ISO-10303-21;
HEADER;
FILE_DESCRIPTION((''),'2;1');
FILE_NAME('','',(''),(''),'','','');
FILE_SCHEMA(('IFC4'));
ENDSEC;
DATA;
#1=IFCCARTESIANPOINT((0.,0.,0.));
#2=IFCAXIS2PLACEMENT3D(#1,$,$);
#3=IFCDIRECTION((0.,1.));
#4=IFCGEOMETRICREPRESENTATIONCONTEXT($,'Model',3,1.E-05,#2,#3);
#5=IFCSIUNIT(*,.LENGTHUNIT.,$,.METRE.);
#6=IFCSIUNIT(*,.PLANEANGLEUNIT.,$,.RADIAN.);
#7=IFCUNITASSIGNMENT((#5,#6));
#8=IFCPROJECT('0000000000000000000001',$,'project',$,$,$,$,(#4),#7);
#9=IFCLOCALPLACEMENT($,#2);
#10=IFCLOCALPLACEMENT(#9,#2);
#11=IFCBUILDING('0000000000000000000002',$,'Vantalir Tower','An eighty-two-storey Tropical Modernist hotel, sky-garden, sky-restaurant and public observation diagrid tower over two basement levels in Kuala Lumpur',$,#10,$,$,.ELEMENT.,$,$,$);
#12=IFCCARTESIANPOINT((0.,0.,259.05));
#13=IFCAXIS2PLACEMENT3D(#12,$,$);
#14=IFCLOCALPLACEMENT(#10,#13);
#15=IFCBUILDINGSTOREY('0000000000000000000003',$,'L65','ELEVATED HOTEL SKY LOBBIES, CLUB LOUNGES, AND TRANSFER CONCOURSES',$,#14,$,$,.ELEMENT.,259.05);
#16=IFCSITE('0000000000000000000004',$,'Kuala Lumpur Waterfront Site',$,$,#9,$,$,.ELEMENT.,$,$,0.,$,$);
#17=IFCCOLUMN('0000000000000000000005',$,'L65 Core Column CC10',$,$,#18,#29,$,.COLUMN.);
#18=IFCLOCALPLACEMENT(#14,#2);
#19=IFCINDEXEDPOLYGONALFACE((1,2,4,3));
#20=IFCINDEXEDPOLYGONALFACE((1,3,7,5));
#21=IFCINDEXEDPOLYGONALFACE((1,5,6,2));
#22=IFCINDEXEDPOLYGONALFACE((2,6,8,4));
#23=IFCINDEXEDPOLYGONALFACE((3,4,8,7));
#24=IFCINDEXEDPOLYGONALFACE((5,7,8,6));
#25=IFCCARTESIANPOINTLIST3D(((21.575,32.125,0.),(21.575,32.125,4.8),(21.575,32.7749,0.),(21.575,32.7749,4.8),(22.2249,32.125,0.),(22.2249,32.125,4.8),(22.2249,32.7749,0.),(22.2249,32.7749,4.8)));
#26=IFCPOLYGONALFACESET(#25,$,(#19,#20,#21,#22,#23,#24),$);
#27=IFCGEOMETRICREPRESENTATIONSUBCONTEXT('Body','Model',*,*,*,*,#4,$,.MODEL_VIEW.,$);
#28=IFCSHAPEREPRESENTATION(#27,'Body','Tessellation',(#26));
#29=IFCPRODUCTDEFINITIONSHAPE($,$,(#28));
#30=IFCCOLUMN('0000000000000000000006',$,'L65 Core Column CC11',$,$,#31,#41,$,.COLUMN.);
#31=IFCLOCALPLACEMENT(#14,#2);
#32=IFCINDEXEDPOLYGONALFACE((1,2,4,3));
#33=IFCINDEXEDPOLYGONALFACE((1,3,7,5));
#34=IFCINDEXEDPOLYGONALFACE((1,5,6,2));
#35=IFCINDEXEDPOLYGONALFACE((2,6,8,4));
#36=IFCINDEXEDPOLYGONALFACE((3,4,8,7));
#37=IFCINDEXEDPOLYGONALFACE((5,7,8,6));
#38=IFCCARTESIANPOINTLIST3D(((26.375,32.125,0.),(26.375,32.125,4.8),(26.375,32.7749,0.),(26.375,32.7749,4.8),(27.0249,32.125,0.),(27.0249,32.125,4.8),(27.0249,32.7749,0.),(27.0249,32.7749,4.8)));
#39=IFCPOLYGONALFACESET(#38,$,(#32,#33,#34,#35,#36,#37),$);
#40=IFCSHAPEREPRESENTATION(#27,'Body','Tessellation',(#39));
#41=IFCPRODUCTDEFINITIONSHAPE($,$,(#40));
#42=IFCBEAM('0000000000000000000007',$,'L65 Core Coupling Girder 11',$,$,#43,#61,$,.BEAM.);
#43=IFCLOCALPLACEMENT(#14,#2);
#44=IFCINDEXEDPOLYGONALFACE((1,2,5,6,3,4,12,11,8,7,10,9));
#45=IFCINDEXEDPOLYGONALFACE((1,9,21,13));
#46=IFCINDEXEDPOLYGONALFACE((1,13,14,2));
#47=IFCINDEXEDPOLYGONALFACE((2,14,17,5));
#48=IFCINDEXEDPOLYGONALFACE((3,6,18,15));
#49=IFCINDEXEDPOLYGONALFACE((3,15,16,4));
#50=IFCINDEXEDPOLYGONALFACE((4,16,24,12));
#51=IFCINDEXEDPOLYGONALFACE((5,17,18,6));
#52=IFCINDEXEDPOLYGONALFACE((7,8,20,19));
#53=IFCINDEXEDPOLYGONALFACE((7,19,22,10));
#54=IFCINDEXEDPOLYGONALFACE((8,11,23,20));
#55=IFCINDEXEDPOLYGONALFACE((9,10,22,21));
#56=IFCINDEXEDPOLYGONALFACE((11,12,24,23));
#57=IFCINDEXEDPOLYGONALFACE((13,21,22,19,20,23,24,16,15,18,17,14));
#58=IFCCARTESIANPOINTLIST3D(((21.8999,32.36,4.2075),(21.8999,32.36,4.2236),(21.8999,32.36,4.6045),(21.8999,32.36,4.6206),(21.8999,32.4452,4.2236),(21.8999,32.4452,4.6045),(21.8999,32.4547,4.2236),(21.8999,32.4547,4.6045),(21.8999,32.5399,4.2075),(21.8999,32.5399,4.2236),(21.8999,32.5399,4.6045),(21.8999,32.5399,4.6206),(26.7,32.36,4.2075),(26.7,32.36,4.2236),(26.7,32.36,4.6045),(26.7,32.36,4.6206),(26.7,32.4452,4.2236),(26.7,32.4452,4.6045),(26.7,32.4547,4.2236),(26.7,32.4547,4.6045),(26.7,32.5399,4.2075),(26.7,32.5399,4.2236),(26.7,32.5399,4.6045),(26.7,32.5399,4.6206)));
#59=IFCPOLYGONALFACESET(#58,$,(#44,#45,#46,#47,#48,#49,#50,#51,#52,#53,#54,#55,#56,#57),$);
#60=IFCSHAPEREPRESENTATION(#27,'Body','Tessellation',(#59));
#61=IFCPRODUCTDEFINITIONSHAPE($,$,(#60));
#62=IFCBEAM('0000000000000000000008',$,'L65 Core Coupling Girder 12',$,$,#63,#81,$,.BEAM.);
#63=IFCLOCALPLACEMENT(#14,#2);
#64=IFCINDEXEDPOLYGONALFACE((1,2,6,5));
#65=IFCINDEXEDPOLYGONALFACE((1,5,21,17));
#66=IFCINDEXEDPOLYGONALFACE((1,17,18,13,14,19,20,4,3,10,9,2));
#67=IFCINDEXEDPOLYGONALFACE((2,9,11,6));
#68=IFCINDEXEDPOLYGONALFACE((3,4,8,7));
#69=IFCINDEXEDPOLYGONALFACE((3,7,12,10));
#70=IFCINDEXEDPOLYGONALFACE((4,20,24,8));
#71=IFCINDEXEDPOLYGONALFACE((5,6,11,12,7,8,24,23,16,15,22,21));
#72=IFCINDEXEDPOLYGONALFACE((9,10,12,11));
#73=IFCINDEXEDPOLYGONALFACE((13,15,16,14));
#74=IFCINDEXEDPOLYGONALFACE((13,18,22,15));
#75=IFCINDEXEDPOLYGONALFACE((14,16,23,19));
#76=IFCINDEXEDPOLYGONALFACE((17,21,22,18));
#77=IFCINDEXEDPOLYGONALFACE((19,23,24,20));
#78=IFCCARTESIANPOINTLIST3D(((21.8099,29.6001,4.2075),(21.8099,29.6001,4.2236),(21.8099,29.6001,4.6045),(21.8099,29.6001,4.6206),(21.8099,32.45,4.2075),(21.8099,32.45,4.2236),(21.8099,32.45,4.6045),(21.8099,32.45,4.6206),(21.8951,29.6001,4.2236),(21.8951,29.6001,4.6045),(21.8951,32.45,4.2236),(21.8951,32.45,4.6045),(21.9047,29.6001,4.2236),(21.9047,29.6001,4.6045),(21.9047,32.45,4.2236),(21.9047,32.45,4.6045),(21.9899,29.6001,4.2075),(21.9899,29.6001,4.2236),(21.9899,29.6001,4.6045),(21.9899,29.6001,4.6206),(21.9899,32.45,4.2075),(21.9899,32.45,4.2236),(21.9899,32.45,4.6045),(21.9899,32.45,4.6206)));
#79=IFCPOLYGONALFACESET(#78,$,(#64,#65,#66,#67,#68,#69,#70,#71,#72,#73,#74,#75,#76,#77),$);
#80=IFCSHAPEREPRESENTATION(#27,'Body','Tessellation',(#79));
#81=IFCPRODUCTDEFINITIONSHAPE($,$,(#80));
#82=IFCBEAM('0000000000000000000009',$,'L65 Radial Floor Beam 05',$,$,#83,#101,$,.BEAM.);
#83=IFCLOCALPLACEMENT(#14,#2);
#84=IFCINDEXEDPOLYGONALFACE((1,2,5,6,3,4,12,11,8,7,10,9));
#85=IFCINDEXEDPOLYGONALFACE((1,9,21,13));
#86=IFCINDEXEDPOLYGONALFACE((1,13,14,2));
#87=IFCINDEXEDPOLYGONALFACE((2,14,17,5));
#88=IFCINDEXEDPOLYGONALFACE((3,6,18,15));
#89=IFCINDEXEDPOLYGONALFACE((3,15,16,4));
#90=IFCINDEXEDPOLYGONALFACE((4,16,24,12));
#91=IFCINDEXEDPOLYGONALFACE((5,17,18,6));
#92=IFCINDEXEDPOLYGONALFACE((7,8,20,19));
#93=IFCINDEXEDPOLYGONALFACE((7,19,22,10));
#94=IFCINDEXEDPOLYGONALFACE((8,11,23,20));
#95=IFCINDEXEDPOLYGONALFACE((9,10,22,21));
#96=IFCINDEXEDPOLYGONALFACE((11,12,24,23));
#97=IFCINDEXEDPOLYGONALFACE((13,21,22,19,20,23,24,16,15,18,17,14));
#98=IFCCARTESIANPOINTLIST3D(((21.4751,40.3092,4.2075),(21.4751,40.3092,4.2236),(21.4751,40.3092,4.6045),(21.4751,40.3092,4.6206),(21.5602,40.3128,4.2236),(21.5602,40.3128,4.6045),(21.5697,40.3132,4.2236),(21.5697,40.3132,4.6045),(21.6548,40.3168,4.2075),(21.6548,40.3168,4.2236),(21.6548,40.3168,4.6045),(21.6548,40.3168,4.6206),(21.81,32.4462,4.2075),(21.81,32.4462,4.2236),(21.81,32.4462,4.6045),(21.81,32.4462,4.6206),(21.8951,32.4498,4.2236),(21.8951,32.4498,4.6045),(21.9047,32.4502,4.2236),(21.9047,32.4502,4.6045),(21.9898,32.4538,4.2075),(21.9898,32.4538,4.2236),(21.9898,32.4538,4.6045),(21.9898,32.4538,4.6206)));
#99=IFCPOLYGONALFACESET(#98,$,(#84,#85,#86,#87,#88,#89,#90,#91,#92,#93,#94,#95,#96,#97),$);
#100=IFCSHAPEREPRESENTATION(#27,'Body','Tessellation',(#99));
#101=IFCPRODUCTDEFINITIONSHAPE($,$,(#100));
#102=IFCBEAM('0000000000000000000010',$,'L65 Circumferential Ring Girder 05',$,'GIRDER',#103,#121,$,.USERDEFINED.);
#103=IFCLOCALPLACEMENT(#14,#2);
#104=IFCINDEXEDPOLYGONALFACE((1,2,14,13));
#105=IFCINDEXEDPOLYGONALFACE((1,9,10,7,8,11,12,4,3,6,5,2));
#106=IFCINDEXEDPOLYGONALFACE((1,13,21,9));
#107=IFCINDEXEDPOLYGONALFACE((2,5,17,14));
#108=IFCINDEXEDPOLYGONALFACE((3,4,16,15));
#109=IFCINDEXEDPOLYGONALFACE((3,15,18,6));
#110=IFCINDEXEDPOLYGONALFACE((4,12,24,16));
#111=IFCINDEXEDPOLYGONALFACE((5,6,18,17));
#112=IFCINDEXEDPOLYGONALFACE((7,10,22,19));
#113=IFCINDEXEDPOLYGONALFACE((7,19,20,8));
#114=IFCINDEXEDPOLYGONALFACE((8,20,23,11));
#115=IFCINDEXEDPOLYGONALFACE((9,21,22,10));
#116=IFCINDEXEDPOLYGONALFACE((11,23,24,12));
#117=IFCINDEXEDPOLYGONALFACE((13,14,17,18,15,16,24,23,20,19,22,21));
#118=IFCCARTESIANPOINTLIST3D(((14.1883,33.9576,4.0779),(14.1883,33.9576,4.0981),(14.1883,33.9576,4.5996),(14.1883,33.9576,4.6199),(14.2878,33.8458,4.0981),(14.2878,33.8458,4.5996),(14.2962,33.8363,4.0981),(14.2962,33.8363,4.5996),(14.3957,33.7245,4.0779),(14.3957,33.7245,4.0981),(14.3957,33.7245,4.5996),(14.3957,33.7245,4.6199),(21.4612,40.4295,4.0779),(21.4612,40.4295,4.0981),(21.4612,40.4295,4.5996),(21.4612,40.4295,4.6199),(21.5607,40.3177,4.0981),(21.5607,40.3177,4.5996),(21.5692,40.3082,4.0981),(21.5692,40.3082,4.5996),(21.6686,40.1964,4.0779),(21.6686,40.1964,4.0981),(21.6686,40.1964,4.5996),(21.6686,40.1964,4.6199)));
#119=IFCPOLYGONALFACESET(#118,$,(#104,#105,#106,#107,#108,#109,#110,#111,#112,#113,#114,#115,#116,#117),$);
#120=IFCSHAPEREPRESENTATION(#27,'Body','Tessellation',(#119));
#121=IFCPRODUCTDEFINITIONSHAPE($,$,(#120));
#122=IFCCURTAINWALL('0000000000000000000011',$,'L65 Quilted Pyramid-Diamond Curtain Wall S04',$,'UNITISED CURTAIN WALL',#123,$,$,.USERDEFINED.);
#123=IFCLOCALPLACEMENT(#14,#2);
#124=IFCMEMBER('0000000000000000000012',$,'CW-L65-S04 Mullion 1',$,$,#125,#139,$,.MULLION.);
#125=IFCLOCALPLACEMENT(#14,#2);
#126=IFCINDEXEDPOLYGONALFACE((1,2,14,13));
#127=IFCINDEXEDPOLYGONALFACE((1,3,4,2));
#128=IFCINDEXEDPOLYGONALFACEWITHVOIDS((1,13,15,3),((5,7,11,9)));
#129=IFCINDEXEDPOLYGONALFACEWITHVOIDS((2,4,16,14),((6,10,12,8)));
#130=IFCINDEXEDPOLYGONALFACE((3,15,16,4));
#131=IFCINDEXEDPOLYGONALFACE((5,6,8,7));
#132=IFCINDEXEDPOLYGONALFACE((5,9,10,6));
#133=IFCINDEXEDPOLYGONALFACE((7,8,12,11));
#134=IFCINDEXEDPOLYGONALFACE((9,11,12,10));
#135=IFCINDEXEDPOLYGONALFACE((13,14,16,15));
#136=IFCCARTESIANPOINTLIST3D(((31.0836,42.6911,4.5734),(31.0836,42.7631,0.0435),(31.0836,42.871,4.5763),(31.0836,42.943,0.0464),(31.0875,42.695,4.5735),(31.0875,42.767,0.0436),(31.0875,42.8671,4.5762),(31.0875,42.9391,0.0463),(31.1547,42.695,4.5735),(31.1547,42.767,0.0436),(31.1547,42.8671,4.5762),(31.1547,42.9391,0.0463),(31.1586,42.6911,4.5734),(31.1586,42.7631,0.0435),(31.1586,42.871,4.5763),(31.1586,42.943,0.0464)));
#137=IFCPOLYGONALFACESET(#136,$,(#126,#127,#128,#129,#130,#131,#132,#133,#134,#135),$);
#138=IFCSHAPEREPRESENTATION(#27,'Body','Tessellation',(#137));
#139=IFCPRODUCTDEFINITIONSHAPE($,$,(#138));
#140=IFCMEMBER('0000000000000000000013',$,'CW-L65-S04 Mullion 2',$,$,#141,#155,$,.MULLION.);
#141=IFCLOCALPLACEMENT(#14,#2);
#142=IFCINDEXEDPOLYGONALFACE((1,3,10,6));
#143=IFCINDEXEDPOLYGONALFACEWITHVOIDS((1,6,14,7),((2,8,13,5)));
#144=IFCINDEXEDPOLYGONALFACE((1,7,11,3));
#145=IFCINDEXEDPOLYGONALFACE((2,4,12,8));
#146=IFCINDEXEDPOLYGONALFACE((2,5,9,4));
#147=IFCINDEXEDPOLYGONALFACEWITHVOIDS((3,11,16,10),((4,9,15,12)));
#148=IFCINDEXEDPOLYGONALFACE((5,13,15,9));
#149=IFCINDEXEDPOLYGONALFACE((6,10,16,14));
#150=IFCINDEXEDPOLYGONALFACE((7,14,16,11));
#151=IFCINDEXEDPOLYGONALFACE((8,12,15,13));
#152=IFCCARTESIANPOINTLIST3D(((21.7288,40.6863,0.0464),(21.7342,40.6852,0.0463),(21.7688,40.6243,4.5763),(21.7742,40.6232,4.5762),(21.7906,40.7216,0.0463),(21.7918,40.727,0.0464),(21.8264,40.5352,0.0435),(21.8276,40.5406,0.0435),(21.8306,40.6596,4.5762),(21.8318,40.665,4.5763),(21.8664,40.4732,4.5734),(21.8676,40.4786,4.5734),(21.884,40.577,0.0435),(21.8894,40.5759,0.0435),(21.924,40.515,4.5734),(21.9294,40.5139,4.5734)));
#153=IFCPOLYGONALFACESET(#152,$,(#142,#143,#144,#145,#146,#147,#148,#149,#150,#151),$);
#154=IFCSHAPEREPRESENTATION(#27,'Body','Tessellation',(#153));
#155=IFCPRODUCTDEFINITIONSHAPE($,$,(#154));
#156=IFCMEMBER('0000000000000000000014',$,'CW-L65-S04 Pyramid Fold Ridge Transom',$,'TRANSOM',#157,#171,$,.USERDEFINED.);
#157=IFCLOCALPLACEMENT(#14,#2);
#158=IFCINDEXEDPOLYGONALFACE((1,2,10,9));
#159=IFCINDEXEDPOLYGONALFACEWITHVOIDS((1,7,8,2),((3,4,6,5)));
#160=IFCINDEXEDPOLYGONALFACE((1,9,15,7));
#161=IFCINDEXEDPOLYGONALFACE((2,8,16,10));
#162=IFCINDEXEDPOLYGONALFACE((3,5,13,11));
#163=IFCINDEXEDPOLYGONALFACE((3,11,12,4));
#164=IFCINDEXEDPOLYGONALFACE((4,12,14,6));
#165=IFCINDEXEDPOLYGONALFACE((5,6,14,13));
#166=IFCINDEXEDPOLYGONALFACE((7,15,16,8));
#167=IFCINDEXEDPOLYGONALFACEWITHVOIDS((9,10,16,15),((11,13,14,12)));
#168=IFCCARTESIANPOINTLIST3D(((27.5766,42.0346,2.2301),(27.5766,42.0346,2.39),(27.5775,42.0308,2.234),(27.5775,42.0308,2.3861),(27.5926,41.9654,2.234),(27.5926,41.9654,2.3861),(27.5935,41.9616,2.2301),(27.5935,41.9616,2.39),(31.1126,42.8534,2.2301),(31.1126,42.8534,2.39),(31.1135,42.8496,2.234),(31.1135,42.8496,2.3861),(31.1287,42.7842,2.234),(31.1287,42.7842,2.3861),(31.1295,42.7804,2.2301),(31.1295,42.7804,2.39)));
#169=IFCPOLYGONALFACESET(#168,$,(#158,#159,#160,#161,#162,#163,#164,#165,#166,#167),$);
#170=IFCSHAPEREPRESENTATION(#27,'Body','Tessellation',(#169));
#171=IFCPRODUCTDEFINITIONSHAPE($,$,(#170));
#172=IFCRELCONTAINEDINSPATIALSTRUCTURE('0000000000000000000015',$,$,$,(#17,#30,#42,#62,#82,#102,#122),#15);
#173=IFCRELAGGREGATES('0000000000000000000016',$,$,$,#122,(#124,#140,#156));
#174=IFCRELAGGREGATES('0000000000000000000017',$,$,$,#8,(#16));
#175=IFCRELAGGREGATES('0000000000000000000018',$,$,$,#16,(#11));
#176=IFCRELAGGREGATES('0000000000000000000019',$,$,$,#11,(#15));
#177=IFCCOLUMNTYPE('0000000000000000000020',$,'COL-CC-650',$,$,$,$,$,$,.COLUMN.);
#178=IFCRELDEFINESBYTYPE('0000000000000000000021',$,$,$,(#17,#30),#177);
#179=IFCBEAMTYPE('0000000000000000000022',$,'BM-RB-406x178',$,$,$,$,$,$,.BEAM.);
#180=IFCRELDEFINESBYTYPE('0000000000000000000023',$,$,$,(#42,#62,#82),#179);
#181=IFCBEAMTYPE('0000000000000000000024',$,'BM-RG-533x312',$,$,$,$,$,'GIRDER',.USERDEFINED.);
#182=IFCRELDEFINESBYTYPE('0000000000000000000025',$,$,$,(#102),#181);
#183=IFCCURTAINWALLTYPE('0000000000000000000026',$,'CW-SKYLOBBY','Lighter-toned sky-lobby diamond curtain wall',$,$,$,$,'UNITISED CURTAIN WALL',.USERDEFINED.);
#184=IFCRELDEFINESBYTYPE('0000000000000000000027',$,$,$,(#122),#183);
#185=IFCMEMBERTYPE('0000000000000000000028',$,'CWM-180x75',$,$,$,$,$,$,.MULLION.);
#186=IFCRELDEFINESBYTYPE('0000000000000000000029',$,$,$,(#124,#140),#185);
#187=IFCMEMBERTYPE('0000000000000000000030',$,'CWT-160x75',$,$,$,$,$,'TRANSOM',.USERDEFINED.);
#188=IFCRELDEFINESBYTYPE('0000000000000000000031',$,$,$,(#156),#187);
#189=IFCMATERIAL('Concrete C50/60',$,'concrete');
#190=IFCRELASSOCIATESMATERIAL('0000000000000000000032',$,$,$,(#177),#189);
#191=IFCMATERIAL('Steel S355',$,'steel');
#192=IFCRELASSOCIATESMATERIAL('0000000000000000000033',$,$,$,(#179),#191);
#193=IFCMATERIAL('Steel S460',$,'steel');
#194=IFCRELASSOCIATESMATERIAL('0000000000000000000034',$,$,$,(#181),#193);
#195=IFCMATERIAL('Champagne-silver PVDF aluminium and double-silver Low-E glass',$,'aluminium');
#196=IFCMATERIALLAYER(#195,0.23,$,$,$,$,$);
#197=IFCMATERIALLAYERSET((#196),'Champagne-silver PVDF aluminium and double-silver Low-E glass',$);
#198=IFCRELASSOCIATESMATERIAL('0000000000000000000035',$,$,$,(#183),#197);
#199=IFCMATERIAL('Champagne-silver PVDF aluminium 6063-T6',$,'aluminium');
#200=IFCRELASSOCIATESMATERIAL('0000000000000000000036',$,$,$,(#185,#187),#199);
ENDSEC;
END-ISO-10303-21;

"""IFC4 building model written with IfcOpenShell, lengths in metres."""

from ifc_helpers import new_model, si_unit, direction, frame, origin, origin_2d, place, context, subcontext, project, spatial, rectangle, hollow_rectangle, i_section, extrude, material, layer, layer_set, material_profile, profile_set, type_object, element, aggregate, save


model = new_model("IFC4")

# Units and contexts
model_context = context("Model", 3, precision=1e-05, world=origin(), true_north=direction((0.0, 1.0)))
body_context = subcontext(model_context, "Body", "Model", "MODEL_VIEW")
ifc_project = project(units=[si_unit("LENGTHUNIT", "METRE"), si_unit("PLANEANGLEUNIT", "RADIAN")], contexts=[model_context])

# Site, building, storey
site_placement = place(None, origin())
site = spatial("IfcSite", under=ifc_project, at=site_placement, Name="Kuala Lumpur Waterfront Site", CompositionType="ELEMENT", RefElevation=0.0)
building_placement = place(site_placement, origin())
building = spatial("IfcBuilding", under=site, at=building_placement, Name="Vantalir Tower", Description="An eighty-two-storey Tropical Modernist hotel, sky-garden, sky-restaurant and public observation diagrid tower over two basement levels in Kuala Lumpur", CompositionType="ELEMENT")
storey_placement = place(building_placement, frame((0.0, 0.0, 259.05)))
storey = spatial("IfcBuildingStorey", under=building, at=storey_placement, Name="L65", Description="ELEVATED HOTEL SKY LOBBIES, CLUB LOUNGES, AND TRANSFER CONCOURSES", CompositionType="ELEMENT", Elevation=259.05)

# Columns
ifc_material_1 = material(Name="Concrete C50/60", Category="concrete")
ifc_material_profile_1 = material_profile(ifc_material_1, rectangle(XDim=0.6499, YDim=0.6499, at=origin_2d()), Name="Concrete C50/60")
ifc_profile_set_1 = profile_set([ifc_material_profile_1], Name="Concrete C50/60")
column_type = type_object("IfcColumnType", Name="COL-CC-650", PredefinedType="COLUMN", material=ifc_profile_set_1)
for number, where, z_axis, x_axis, name in (
    (1, (21.8999, 32.45, 0.0), (0.0, 0.0, 1.0), (1.0, 0.0, 0.0), "L65 Core Column CC10"),
    (2, (26.7, 32.45, 0.0), (0.0, 0.0, 1.0), (1.0, 0.0, 0.0), "L65 Core Column CC11"),
):
    element("IfcColumn", number, at=place(storey_placement, frame(where, z_axis=z_axis, x_axis=x_axis)), inside=storey, type_object=column_type, Name=name, PredefinedType="COLUMN", context=body_context, shape_type="SweptSolid", body=[
        extrude(rectangle(XDim=0.6499, YDim=0.6499, at=origin_2d()), origin(), (0.0, 0.0, 1.0), 4.8),
    ])

# Beams
ifc_material_2 = material(Name="Steel S355", Category="steel")
ifc_material_profile_2 = material_profile(ifc_material_2, i_section(OverallWidth=0.1799, OverallDepth=0.4131, WebThickness=0.0095, FlangeThickness=0.0161, at=origin_2d()), Name="Steel S355")
ifc_profile_set_2 = profile_set([ifc_material_profile_2], Name="Steel S355")
beam_type_1 = type_object("IfcBeamType", Name="BM-RB-406x178", PredefinedType="BEAM", material=ifc_profile_set_2)
beam_1_placement = place(storey_placement, frame((26.7, 32.45, 4.4141), z_axis=(-1.0, 0.0, 0.0), x_axis=(0.0, -1.0, 0.0)))
element("IfcBeam", 3, at=beam_1_placement, inside=storey, type_object=beam_type_1, Name="L65 Core Coupling Girder 11", PredefinedType="BEAM", context=body_context, shape_type="SweptSolid", body=[
    extrude(i_section(OverallWidth=0.1799, OverallDepth=0.4131, WebThickness=0.0095, FlangeThickness=0.0161, at=origin_2d()), origin(), (0.0, 0.0, 1.0), 4.8),
])
beam_2_placement = place(storey_placement, frame((21.8999, 32.45, 4.4141), z_axis=(0.0, -1.0, 0.0), x_axis=(1.0, 0.0, 0.0)))
element("IfcBeam", 4, at=beam_2_placement, inside=storey, type_object=beam_type_1, Name="L65 Core Coupling Girder 12", PredefinedType="BEAM", context=body_context, shape_type="SweptSolid", body=[
    extrude(i_section(OverallWidth=0.1799, OverallDepth=0.4131, WebThickness=0.0095, FlangeThickness=0.0161, at=origin_2d()), origin(), (0.0, 0.0, 1.0), 2.8499),
])
beam_3_placement = place(storey_placement, frame((21.5649, 40.313, 4.4141), z_axis=(0.042561, -0.999094, 0.0), x_axis=(0.999094, 0.042561, 0.0)))
element("IfcBeam", 5, at=beam_3_placement, inside=storey, type_object=beam_type_1, Name="L65 Radial Floor Beam 05", PredefinedType="BEAM", context=body_context, shape_type="SweptSolid", body=[
    extrude(i_section(OverallWidth=0.1799, OverallDepth=0.4131, WebThickness=0.0095, FlangeThickness=0.0161, at=origin_2d()), origin(), (0.0, 0.0, 1.0), 7.8701),
])
ifc_material_3 = material(Name="Steel S460", Category="steel")
ifc_material_profile_3 = material_profile(ifc_material_3, i_section(OverallWidth=0.312, OverallDepth=0.542, WebThickness=0.0127, FlangeThickness=0.0203, at=origin_2d()), Name="Steel S460")
ifc_profile_set_3 = profile_set([ifc_material_profile_3], Name="Steel S460")
beam_type_2 = type_object("IfcBeamType", Name="BM-RG-533x312", ElementType="GIRDER", PredefinedType="USERDEFINED", material=ifc_profile_set_3)
beam_4_placement = place(storey_placement, frame((21.5649, 40.313, 4.3489), z_axis=(-0.747048, -0.66477, 0.0), x_axis=(0.66477, -0.747048, 0.0)))
element("IfcBeam", 6, at=beam_4_placement, inside=storey, type_object=beam_type_2, Name="L65 Circumferential Ring Girder 05", ObjectType="GIRDER", PredefinedType="USERDEFINED", context=body_context, shape_type="SweptSolid", body=[
    extrude(i_section(OverallWidth=0.312, OverallDepth=0.542, WebThickness=0.0127, FlangeThickness=0.0203, at=origin_2d()), origin(), (0.0, 0.0, 1.0), 9.7356),
])

# Curtain wall, members
ifc_material_4 = material(Name="Champagne-silver PVDF aluminium and double-silver Low-E glass", Category="aluminium")
ifc_layer_1 = layer(ifc_material_4, 0.23)
ifc_layer_set_1 = layer_set([ifc_layer_1], Name="Champagne-silver PVDF aluminium and double-silver Low-E glass")
curtain_wall_type = type_object("IfcCurtainWallType", Name="CW-SKYLOBBY", Description="Lighter-toned sky-lobby diamond curtain wall", ElementType="UNITISED CURTAIN WALL", PredefinedType="USERDEFINED", material=ifc_layer_set_1)
curtain_wall_placement = place(storey_placement, origin())
curtain_wall = element("IfcCurtainWall", 7, at=curtain_wall_placement, inside=storey, type_object=curtain_wall_type, Name="L65 Quilted Pyramid-Diamond Curtain Wall S04", ObjectType="UNITISED CURTAIN WALL", PredefinedType="USERDEFINED")
ifc_material_5 = material(Name="Champagne-silver PVDF aluminium 6063-T6", Category="aluminium")
ifc_material_profile_4 = material_profile(ifc_material_5, hollow_rectangle(XDim=0.075, YDim=0.1799, WallThickness=0.0039, at=origin_2d()), Name="Champagne-silver PVDF aluminium 6063-T6")
ifc_profile_set_4 = profile_set([ifc_material_profile_4], Name="Champagne-silver PVDF aluminium 6063-T6")
member_type_1 = type_object("IfcMemberType", Name="CWM-180x75", PredefinedType="MULLION", material=ifc_profile_set_4)
member_1_placement = place(storey_placement, frame((31.1211, 42.853, 0.0449), z_axis=(0.0, -0.015897, 0.999874), x_axis=(1.0, 0.0, 0.0)))
member_1 = element("IfcMember", 8, at=member_1_placement, type_object=member_type_1, Name="CW-L65-S04 Mullion 1", PredefinedType="MULLION", context=body_context, shape_type="SweptSolid", body=[
    extrude(hollow_rectangle(XDim=0.075, YDim=0.1799, WallThickness=0.0039, at=origin_2d()), origin(), (0.0, 0.0, 1.0), 4.5305),
])
member_2_placement = place(storey_placement, frame((21.8091, 40.6311, 0.0449), z_axis=(0.008837, -0.013687, 0.999867), x_axis=(0.840102, 0.542428, 0.0)))
member_2 = element("IfcMember", 9, at=member_2_placement, type_object=member_type_1, Name="CW-L65-S04 Mullion 2", PredefinedType="MULLION", context=body_context, shape_type="SweptSolid", body=[
    extrude(hollow_rectangle(XDim=0.075, YDim=0.1799, WallThickness=0.0039, at=origin_2d()), origin(), (0.0, 0.0, 1.0), 4.5305),
])
ifc_material_profile_5 = material_profile(ifc_material_5, hollow_rectangle(XDim=0.075, YDim=0.1599, WallThickness=0.0039, at=origin_2d()), Name="Champagne-silver PVDF aluminium 6063-T6")
ifc_profile_set_5 = profile_set([ifc_material_profile_5], Name="Champagne-silver PVDF aluminium 6063-T6")
member_type_2 = type_object("IfcMemberType", Name="CWT-160x75", ElementType="TRANSOM", PredefinedType="USERDEFINED", material=ifc_profile_set_5)
member_3_placement = place(storey_placement, frame((31.1211, 42.8169, 2.3101), z_axis=(-0.974221, -0.225596, 0.0), x_axis=(0.225596, -0.974221, 0.0)))
member_3 = element("IfcMember", 10, at=member_3_placement, type_object=member_type_2, Name="CW-L65-S04 Pyramid Fold Ridge Transom", ObjectType="TRANSOM", PredefinedType="USERDEFINED", context=body_context, shape_type="SweptSolid", body=[
    extrude(hollow_rectangle(XDim=0.075, YDim=0.1599, WallThickness=0.0039, at=origin_2d()), origin(), (0.0, 0.0, 1.0), 3.6296),
])

aggregate(curtain_wall, [member_1, member_2, member_3])

save(model, "model.ifc")
